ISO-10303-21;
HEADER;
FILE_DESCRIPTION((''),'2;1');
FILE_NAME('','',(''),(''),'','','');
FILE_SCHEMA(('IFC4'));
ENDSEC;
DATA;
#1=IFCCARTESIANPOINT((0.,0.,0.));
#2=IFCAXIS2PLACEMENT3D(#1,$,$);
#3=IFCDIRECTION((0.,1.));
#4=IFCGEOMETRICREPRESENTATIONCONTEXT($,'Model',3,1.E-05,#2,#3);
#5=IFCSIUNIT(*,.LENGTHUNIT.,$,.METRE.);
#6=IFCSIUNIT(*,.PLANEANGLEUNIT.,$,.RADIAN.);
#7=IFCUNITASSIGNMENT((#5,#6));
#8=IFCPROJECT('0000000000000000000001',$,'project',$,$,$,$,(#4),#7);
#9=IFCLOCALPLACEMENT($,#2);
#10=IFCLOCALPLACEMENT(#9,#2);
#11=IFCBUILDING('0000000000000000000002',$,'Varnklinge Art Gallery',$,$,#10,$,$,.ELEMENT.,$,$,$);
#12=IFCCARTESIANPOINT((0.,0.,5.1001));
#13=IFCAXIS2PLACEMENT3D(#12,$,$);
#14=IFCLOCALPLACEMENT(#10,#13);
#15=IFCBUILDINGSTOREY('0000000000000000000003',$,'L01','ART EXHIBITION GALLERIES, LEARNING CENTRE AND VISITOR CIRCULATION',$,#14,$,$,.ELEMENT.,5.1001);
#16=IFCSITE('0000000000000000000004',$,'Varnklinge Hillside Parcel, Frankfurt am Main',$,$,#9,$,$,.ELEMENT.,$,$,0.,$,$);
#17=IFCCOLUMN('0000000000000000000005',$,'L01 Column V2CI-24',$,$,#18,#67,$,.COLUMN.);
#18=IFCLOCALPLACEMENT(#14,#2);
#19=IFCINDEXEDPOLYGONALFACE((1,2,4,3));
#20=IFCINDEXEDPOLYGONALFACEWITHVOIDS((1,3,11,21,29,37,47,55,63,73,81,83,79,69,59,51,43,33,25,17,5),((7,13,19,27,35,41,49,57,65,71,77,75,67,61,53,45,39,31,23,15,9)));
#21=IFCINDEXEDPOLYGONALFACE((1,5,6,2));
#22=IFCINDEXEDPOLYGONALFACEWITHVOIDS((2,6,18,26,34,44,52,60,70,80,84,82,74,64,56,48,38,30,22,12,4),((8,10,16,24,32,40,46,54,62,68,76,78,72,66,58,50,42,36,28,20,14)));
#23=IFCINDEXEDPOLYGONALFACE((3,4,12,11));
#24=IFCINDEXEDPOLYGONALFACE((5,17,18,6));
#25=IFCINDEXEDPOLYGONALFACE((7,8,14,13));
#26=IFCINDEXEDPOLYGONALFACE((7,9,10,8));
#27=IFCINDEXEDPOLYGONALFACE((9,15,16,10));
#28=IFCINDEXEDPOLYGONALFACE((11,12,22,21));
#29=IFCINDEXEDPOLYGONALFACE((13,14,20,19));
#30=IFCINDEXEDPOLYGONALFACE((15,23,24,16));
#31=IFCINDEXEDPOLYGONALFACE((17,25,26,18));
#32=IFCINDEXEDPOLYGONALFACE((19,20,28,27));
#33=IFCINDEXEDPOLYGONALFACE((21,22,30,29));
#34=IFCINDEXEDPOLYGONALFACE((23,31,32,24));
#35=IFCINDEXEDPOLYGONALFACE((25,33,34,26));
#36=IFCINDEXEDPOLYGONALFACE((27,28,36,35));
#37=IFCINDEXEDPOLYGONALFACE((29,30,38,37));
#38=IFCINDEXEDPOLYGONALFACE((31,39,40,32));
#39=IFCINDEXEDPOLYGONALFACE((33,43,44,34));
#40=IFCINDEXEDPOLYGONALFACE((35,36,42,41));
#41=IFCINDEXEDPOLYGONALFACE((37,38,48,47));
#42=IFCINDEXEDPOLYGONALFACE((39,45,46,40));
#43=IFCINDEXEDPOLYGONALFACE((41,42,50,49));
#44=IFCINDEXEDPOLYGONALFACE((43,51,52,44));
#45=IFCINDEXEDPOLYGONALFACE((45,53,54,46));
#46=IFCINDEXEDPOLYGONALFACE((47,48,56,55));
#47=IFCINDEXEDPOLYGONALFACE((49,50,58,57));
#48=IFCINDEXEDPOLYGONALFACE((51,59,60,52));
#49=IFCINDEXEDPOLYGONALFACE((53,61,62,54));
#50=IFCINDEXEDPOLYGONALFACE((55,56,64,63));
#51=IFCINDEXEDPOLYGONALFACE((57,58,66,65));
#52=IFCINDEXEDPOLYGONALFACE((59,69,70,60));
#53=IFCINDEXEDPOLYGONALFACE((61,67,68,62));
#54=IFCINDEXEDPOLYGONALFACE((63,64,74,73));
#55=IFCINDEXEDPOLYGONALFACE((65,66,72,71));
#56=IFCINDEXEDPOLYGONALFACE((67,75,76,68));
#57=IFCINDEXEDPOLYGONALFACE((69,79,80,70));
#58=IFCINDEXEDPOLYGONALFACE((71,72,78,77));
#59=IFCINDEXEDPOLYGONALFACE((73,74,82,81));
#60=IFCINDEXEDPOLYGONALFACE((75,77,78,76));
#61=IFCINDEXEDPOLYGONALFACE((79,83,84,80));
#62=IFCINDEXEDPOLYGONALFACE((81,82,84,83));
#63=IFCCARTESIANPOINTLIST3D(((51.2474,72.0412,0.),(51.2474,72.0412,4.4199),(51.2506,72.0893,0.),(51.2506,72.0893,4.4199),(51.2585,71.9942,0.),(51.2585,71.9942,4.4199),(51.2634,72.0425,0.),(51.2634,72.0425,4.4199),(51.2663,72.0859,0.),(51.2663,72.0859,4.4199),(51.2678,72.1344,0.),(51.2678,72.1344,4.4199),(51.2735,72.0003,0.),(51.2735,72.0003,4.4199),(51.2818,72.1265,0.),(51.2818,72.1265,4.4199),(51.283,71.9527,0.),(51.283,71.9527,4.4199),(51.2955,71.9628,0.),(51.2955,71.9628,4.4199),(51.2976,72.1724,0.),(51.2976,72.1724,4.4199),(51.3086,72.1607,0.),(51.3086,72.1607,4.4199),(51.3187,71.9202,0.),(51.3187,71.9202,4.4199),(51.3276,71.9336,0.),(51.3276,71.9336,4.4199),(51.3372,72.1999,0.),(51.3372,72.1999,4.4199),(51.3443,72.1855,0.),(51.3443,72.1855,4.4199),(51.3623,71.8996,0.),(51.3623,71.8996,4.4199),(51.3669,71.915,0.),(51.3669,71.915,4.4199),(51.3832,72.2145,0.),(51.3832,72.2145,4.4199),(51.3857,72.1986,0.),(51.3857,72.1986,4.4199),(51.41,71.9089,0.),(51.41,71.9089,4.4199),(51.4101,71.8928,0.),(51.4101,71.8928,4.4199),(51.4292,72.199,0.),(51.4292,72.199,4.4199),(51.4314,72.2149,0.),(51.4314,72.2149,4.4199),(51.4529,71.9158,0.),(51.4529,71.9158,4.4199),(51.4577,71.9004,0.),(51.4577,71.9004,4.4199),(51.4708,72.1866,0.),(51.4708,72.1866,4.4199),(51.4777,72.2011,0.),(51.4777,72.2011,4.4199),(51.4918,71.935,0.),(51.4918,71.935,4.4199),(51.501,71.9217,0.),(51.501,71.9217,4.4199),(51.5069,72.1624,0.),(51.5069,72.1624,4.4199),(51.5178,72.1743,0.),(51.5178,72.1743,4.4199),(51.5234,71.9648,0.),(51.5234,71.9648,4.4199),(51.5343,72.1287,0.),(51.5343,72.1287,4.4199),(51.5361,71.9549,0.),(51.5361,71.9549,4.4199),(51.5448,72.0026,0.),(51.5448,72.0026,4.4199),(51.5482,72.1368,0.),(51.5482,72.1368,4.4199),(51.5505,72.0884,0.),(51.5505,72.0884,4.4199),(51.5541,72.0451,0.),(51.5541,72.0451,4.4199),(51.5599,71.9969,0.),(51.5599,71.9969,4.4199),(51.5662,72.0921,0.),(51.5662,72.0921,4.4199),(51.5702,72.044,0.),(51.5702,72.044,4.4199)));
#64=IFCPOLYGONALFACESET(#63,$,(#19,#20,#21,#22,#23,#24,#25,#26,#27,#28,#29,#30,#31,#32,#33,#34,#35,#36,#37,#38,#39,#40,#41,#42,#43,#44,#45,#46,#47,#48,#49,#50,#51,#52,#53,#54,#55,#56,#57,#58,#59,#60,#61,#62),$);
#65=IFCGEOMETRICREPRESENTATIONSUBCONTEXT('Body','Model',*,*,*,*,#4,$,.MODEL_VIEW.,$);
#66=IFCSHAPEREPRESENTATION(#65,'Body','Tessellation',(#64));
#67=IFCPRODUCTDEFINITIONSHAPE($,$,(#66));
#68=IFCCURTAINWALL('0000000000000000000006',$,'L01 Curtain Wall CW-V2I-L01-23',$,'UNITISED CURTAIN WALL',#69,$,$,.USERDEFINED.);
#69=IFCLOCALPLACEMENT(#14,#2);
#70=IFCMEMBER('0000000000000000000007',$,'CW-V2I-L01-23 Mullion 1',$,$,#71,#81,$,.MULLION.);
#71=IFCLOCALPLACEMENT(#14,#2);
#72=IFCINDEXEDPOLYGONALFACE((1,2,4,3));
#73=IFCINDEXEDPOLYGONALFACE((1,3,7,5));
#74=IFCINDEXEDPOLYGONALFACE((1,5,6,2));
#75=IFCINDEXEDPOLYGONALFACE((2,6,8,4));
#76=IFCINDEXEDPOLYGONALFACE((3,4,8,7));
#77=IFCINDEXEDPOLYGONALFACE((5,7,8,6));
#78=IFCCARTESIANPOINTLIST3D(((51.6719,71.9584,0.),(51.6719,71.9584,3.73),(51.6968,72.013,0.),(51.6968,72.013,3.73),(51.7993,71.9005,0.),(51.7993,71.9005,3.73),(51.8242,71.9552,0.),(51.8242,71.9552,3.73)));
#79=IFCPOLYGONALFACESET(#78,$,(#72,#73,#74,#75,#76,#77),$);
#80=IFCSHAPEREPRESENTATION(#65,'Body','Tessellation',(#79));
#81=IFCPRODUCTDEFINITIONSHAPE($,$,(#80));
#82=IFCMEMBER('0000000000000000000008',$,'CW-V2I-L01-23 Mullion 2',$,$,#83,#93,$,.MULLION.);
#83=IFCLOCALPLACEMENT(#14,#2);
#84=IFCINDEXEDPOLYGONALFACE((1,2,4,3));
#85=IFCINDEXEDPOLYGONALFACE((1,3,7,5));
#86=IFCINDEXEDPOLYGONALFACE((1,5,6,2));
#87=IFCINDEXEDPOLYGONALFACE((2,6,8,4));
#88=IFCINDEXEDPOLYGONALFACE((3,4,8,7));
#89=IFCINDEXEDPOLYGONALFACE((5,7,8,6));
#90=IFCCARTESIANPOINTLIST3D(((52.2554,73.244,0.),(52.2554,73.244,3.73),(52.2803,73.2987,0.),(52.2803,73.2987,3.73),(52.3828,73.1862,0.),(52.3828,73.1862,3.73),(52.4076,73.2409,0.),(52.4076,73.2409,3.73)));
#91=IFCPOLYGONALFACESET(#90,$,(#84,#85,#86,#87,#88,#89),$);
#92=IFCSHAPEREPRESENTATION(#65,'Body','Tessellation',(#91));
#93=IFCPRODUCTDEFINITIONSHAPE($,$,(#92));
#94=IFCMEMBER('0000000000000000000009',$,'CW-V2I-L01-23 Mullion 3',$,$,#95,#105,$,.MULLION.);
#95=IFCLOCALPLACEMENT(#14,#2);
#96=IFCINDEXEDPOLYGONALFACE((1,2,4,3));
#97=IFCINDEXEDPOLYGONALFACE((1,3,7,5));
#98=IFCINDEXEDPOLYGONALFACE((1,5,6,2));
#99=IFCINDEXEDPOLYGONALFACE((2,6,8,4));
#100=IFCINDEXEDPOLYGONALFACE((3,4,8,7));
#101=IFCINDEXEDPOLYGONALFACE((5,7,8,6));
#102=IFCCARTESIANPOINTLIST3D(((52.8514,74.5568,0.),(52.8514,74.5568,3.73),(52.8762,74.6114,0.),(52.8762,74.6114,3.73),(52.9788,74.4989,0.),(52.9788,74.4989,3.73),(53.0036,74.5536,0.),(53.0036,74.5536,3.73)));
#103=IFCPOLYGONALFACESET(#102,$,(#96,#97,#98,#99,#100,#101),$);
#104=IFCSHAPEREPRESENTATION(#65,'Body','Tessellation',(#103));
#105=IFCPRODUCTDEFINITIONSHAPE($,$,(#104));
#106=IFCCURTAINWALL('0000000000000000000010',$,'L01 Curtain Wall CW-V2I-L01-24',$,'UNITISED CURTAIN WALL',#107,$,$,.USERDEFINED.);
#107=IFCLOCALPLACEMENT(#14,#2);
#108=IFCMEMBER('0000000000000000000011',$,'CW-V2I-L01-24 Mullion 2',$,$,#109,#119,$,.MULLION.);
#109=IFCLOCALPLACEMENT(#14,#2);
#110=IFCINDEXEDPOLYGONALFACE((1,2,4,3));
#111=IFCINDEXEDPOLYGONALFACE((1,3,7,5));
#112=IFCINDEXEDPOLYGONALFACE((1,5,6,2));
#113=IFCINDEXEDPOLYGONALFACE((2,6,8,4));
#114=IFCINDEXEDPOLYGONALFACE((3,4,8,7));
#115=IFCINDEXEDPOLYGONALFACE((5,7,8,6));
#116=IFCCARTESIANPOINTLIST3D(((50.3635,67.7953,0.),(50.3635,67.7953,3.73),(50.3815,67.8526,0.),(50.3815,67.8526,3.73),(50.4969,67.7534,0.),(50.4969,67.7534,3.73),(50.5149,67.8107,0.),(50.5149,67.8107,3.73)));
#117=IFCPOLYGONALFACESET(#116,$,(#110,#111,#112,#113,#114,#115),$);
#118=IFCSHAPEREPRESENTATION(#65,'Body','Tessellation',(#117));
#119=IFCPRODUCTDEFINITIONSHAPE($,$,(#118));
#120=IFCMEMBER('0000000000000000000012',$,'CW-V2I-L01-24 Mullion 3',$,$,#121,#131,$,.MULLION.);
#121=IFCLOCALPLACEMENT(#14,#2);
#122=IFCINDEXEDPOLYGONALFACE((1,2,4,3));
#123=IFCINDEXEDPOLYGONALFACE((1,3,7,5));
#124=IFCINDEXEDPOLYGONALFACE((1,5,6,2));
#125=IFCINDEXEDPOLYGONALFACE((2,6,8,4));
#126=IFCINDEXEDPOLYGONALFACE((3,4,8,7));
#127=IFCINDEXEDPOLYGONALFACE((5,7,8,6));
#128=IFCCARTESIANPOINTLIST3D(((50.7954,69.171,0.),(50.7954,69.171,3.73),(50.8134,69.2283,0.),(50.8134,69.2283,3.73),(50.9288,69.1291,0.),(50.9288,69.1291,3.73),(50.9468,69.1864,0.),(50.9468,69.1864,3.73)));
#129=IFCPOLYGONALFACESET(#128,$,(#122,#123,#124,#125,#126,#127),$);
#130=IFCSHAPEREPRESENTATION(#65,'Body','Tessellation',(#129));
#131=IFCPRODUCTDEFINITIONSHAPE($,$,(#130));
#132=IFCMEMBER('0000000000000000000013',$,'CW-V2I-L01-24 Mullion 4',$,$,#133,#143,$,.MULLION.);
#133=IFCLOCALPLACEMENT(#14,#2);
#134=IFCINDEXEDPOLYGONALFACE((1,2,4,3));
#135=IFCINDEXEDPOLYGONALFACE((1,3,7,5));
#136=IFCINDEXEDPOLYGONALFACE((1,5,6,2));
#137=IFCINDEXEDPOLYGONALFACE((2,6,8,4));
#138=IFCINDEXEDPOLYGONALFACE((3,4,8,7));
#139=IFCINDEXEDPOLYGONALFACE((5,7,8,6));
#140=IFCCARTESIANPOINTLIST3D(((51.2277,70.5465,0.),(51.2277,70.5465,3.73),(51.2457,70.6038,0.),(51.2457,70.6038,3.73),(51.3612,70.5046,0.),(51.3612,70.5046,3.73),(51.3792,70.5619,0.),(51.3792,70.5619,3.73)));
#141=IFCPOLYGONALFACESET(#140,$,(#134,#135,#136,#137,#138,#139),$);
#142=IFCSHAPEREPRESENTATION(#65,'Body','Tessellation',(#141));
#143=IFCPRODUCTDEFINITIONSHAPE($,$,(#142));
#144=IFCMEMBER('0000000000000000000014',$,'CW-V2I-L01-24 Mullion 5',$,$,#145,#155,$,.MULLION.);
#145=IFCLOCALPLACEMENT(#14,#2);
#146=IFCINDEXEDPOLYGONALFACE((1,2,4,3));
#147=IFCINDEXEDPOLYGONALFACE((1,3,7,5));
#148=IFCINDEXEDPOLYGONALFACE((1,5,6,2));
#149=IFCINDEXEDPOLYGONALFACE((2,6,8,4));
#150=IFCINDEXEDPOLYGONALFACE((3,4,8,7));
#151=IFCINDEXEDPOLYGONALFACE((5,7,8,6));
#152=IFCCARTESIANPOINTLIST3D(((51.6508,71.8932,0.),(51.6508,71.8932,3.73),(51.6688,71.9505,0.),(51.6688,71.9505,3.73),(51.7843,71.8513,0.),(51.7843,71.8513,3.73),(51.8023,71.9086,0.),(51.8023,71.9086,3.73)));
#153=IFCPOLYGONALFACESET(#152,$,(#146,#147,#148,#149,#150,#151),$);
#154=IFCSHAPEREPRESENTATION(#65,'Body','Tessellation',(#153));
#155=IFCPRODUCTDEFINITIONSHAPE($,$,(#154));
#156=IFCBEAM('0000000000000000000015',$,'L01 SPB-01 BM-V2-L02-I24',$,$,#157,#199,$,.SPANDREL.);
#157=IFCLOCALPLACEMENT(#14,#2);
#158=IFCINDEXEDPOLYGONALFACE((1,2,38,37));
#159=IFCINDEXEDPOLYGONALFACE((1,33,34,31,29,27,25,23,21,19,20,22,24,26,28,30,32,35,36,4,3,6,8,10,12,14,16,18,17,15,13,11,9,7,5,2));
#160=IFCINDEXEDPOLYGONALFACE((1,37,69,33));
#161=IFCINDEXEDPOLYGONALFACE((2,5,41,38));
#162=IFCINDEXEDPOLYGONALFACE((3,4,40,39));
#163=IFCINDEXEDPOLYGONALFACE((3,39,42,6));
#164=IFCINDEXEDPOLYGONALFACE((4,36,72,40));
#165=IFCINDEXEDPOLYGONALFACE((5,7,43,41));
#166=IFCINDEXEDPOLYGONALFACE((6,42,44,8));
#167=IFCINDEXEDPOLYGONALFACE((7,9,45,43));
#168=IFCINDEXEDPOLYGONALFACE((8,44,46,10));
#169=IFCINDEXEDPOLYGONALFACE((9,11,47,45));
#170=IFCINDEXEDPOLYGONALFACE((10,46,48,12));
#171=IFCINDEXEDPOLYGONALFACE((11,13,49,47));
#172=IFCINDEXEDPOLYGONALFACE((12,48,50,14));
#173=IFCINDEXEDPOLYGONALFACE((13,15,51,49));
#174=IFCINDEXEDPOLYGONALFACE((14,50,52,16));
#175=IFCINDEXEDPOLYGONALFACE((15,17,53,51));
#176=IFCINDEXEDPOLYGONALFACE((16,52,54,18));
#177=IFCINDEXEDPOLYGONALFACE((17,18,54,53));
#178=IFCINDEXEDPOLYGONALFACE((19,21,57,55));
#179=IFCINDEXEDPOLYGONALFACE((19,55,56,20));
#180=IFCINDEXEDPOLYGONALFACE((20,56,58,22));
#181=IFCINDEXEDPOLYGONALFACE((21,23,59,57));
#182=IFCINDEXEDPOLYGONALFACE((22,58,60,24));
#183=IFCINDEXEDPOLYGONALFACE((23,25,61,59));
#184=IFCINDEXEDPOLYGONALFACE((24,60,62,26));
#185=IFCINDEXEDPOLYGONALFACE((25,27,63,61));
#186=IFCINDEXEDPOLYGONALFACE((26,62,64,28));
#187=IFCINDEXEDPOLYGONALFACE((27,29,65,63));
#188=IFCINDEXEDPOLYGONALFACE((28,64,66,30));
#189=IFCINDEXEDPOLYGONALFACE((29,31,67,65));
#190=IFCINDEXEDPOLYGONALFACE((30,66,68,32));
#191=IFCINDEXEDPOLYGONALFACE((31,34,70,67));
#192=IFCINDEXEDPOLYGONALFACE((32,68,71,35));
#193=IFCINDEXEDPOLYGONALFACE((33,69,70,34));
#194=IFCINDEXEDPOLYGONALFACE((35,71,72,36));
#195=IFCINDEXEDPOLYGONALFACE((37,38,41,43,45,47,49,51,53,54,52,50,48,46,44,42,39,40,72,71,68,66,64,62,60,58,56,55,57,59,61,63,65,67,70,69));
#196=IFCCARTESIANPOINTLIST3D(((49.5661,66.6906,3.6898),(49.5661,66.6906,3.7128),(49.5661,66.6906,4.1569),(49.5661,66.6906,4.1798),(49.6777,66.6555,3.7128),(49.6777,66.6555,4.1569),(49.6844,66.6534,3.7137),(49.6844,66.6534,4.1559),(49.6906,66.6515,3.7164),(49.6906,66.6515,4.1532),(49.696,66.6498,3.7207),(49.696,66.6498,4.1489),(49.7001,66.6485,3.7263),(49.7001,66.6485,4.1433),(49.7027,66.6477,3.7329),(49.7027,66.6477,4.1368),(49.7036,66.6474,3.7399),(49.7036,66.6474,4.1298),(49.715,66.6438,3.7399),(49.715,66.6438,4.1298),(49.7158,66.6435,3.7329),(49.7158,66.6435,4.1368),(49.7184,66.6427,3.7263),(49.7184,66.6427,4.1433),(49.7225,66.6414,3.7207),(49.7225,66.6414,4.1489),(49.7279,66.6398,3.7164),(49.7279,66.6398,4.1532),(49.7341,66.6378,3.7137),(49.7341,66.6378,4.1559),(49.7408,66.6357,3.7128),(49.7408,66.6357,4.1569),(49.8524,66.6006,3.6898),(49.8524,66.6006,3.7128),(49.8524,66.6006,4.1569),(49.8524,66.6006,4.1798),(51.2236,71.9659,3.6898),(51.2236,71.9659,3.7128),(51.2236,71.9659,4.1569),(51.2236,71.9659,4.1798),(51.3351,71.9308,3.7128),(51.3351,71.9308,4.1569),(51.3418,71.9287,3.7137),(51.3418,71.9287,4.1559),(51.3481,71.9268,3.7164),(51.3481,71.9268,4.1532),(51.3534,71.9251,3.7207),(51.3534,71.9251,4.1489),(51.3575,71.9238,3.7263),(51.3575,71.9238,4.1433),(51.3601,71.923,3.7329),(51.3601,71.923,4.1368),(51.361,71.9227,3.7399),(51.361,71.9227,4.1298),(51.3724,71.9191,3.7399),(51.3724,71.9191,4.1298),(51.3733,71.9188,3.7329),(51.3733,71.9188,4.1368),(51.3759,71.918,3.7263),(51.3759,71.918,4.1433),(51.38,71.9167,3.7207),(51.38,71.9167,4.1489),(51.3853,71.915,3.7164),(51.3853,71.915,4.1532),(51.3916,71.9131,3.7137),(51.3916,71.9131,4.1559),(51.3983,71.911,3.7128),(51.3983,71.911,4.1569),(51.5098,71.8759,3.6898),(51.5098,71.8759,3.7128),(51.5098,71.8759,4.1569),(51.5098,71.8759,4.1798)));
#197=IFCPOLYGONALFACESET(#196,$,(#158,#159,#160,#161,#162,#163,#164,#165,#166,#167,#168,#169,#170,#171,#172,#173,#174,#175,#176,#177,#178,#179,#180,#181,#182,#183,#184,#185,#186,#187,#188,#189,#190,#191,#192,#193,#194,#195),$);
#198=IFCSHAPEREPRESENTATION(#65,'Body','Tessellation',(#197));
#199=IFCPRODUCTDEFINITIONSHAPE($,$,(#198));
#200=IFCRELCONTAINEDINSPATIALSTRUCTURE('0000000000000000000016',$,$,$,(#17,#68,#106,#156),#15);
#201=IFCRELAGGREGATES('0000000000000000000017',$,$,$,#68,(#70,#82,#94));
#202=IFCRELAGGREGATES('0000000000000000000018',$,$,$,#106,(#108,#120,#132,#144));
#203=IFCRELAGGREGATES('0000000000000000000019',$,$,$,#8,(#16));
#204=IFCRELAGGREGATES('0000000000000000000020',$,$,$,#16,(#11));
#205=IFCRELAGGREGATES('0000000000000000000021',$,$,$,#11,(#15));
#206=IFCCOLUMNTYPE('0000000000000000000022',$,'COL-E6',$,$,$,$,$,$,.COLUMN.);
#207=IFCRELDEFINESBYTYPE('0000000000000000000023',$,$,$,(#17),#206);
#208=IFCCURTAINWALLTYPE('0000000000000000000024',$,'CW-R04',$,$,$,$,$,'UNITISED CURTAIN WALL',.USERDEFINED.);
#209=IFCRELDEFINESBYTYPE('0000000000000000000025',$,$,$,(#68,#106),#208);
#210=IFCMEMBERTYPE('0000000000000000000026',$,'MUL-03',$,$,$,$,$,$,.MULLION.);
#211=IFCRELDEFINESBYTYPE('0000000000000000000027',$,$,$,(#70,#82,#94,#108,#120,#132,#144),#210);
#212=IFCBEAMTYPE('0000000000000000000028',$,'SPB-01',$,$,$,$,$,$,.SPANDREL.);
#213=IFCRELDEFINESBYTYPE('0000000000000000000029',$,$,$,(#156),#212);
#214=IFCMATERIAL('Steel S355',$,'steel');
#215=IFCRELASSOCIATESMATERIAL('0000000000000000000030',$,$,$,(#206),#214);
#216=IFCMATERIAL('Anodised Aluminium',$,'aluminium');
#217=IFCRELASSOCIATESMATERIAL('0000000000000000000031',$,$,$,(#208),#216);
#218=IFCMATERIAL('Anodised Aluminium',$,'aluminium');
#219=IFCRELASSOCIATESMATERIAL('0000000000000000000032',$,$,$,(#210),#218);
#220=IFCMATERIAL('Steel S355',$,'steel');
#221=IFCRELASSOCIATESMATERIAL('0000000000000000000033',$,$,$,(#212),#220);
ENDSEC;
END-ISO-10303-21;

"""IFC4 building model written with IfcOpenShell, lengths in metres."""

from ifc_helpers import new_model, si_unit, direction, frame, origin, origin_2d, place, context, subcontext, project, spatial, rectangle, hollow_circle, i_section, extrude, material, material_profile, profile_set, type_object, element, aggregate, save


model = new_model("IFC4")

# Units and contexts
model_context = context("Model", 3, precision=1e-05, world=origin(), true_north=direction((0.0, 1.0)))
body_context = subcontext(model_context, "Body", "Model", "MODEL_VIEW")
ifc_project = project(units=[si_unit("LENGTHUNIT", "METRE"), si_unit("PLANEANGLEUNIT", "RADIAN")], contexts=[model_context])

# Site, building, storey
site_placement = place(None, origin())
site = spatial("IfcSite", under=ifc_project, at=site_placement, Name="Varnklinge Hillside Parcel, Frankfurt am Main", CompositionType="ELEMENT", RefElevation=0.0)
building_placement = place(site_placement, origin())
building = spatial("IfcBuilding", under=site, at=building_placement, Name="Varnklinge Art Gallery", CompositionType="ELEMENT")
storey_placement = place(building_placement, frame((0.0, 0.0, 5.1001)))
storey = spatial("IfcBuildingStorey", under=building, at=storey_placement, Name="L01", Description="ART EXHIBITION GALLERIES, LEARNING CENTRE AND VISITOR CIRCULATION", CompositionType="ELEMENT", Elevation=5.1001)

# Column
ifc_material_1 = material(Name="Steel S355", Category="steel")
ifc_material_profile_1 = material_profile(ifc_material_1, hollow_circle(Radius=0.1619, WallThickness=0.0161, at=origin_2d()), Name="CHS 323.9x16")
ifc_profile_set_1 = profile_set([ifc_material_profile_1], Name="Steel S355")
column_type = type_object("IfcColumnType", Name="COL-E6", PredefinedType="COLUMN", material=ifc_profile_set_1)
column_placement = place(storey_placement, frame((51.4087, 72.0547, 0.0), z_axis=(0.0, 0.0, 1.0), x_axis=(0.934018, -0.357227, 0.0)))
element("IfcColumn", 1, at=column_placement, inside=storey, type_object=column_type, Name="L01 Column V2CI-24", PredefinedType="COLUMN", context=body_context, shape_type="SweptSolid", body=[
    extrude(hollow_circle(Radius=0.1619, WallThickness=0.0161, at=origin_2d()), origin(), (0.0, 0.0, 1.0), 4.4199),
])

# Curtain walls, members
ifc_material_2 = material(Name="Anodised Aluminium", Category="aluminium")
curtain_wall_type = type_object("IfcCurtainWallType", Name="CW-R04", ElementType="UNITISED CURTAIN WALL", PredefinedType="USERDEFINED", material=ifc_material_2)
curtain_wall_1_placement = place(storey_placement, origin())
curtain_wall_1 = element("IfcCurtainWall", 2, at=curtain_wall_1_placement, inside=storey, type_object=curtain_wall_type, Name="L01 Curtain Wall CW-V2I-L01-23", ObjectType="UNITISED CURTAIN WALL", PredefinedType="USERDEFINED")
ifc_material_3 = material(Name="Anodised Aluminium", Category="aluminium")
ifc_material_profile_2 = material_profile(ifc_material_3, rectangle(XDim=0.0601, YDim=0.1399, at=origin_2d()), Name="ALU 60x140")
ifc_profile_set_2 = profile_set([ifc_material_profile_2], Name="Anodised Aluminium")
member_type_1 = type_object("IfcMemberType", Name="MUL-03", PredefinedType="MULLION", material=ifc_profile_set_2)
member_1_placement = place(storey_placement, frame((51.748, 71.9568, 0.0), z_axis=(0.0, 0.0, 1.0), x_axis=(0.413422, 0.910539, 0.0)))
member_1 = element("IfcMember", 3, at=member_1_placement, type_object=member_type_1, Name="CW-V2I-L01-23 Mullion 1", PredefinedType="MULLION", context=body_context, shape_type="SweptSolid", body=[
    extrude(rectangle(XDim=0.0601, YDim=0.1399, at=origin_2d()), origin(), (0.0, 0.0, 1.0), 3.73),
])
member_2_placement = place(storey_placement, frame((52.3315, 73.2424, 0.0), z_axis=(0.0, 0.0, 1.0), x_axis=(0.413422, 0.910539, 0.0)))
member_2 = element("IfcMember", 4, at=member_2_placement, type_object=member_type_1, Name="CW-V2I-L01-23 Mullion 2", PredefinedType="MULLION", context=body_context, shape_type="SweptSolid", body=[
    extrude(rectangle(XDim=0.0601, YDim=0.1399, at=origin_2d()), origin(), (0.0, 0.0, 1.0), 3.73),
])
member_3_placement = place(storey_placement, frame((52.9275, 74.5552, 0.0), z_axis=(0.0, 0.0, 1.0), x_axis=(0.413422, 0.910539, 0.0)))
member_3 = element("IfcMember", 5, at=member_3_placement, type_object=member_type_1, Name="CW-V2I-L01-23 Mullion 3", PredefinedType="MULLION", context=body_context, shape_type="SweptSolid", body=[
    extrude(rectangle(XDim=0.0601, YDim=0.1399, at=origin_2d()), origin(), (0.0, 0.0, 1.0), 3.73),
])
curtain_wall_2_placement = place(storey_placement, origin())
curtain_wall_2 = element("IfcCurtainWall", 6, at=curtain_wall_2_placement, inside=storey, type_object=curtain_wall_type, Name="L01 Curtain Wall CW-V2I-L01-24", ObjectType="UNITISED CURTAIN WALL", PredefinedType="USERDEFINED")
member_4_placement = place(storey_placement, frame((50.4392, 67.803, 0.0), z_axis=(0.0, 0.0, 1.0), x_axis=(0.299707, 0.954031, 0.0)))
member_4 = element("IfcMember", 7, at=member_4_placement, type_object=member_type_1, Name="CW-V2I-L01-24 Mullion 2", PredefinedType="MULLION", context=body_context, shape_type="SweptSolid", body=[
    extrude(rectangle(XDim=0.0601, YDim=0.1399, at=origin_2d()), origin(), (0.0, 0.0, 1.0), 3.73),
])
member_5_placement = place(storey_placement, frame((50.8711, 69.1787, 0.0), z_axis=(0.0, 0.0, 1.0), x_axis=(0.299707, 0.954031, 0.0)))
member_5 = element("IfcMember", 8, at=member_5_placement, type_object=member_type_1, Name="CW-V2I-L01-24 Mullion 3", PredefinedType="MULLION", context=body_context, shape_type="SweptSolid", body=[
    extrude(rectangle(XDim=0.0601, YDim=0.1399, at=origin_2d()), origin(), (0.0, 0.0, 1.0), 3.73),
])
member_6_placement = place(storey_placement, frame((51.3035, 70.5542, 0.0), z_axis=(0.0, 0.0, 1.0), x_axis=(0.299707, 0.954031, 0.0)))
member_6 = element("IfcMember", 9, at=member_6_placement, type_object=member_type_1, Name="CW-V2I-L01-24 Mullion 4", PredefinedType="MULLION", context=body_context, shape_type="SweptSolid", body=[
    extrude(rectangle(XDim=0.0601, YDim=0.1399, at=origin_2d()), origin(), (0.0, 0.0, 1.0), 3.73),
])
member_7_placement = place(storey_placement, frame((51.7266, 71.9009, 0.0), z_axis=(0.0, 0.0, 1.0), x_axis=(0.299707, 0.954031, 0.0)))
member_7 = element("IfcMember", 10, at=member_7_placement, type_object=member_type_1, Name="CW-V2I-L01-24 Mullion 5", PredefinedType="MULLION", context=body_context, shape_type="SweptSolid", body=[
    extrude(rectangle(XDim=0.0601, YDim=0.1399, at=origin_2d()), origin(), (0.0, 0.0, 1.0), 3.73),
])

# Beam
ifc_material_4 = material(Name="Steel S355", Category="steel")
ifc_material_profile_3 = material_profile(ifc_material_4, i_section(OverallWidth=0.3, OverallDepth=0.49, WebThickness=0.012, FlangeThickness=0.0229, FilletRadius=0.0271, at=origin_2d()), Name="HEA 500")
ifc_profile_set_3 = profile_set([ifc_material_profile_3], Name="Steel S355")
beam_type = type_object("IfcBeamType", Name="SPB-01", PredefinedType="SPANDREL", material=ifc_profile_set_3)
beam_placement = place(storey_placement, frame((51.3667, 71.9209, 3.9348), z_axis=(-0.299743, -0.95402, 0.0), x_axis=(0.95402, -0.299743, 0.0)))
element("IfcBeam", 11, at=beam_placement, inside=storey, type_object=beam_type, Name="L01 SPB-01 BM-V2-L02-I24", PredefinedType="SPANDREL", context=body_context, shape_type="SweptSolid", body=[
    extrude(i_section(OverallWidth=0.3, OverallDepth=0.49, WebThickness=0.012, FlangeThickness=0.0229, FilletRadius=0.0271, at=origin_2d()), origin(), (0.0, 0.0, 1.0), 5.5295),
])

aggregate(curtain_wall_1, [member_1, member_2, member_3])
aggregate(curtain_wall_2, [member_4, member_5, member_6, member_7])

save(model, "model.ifc")
